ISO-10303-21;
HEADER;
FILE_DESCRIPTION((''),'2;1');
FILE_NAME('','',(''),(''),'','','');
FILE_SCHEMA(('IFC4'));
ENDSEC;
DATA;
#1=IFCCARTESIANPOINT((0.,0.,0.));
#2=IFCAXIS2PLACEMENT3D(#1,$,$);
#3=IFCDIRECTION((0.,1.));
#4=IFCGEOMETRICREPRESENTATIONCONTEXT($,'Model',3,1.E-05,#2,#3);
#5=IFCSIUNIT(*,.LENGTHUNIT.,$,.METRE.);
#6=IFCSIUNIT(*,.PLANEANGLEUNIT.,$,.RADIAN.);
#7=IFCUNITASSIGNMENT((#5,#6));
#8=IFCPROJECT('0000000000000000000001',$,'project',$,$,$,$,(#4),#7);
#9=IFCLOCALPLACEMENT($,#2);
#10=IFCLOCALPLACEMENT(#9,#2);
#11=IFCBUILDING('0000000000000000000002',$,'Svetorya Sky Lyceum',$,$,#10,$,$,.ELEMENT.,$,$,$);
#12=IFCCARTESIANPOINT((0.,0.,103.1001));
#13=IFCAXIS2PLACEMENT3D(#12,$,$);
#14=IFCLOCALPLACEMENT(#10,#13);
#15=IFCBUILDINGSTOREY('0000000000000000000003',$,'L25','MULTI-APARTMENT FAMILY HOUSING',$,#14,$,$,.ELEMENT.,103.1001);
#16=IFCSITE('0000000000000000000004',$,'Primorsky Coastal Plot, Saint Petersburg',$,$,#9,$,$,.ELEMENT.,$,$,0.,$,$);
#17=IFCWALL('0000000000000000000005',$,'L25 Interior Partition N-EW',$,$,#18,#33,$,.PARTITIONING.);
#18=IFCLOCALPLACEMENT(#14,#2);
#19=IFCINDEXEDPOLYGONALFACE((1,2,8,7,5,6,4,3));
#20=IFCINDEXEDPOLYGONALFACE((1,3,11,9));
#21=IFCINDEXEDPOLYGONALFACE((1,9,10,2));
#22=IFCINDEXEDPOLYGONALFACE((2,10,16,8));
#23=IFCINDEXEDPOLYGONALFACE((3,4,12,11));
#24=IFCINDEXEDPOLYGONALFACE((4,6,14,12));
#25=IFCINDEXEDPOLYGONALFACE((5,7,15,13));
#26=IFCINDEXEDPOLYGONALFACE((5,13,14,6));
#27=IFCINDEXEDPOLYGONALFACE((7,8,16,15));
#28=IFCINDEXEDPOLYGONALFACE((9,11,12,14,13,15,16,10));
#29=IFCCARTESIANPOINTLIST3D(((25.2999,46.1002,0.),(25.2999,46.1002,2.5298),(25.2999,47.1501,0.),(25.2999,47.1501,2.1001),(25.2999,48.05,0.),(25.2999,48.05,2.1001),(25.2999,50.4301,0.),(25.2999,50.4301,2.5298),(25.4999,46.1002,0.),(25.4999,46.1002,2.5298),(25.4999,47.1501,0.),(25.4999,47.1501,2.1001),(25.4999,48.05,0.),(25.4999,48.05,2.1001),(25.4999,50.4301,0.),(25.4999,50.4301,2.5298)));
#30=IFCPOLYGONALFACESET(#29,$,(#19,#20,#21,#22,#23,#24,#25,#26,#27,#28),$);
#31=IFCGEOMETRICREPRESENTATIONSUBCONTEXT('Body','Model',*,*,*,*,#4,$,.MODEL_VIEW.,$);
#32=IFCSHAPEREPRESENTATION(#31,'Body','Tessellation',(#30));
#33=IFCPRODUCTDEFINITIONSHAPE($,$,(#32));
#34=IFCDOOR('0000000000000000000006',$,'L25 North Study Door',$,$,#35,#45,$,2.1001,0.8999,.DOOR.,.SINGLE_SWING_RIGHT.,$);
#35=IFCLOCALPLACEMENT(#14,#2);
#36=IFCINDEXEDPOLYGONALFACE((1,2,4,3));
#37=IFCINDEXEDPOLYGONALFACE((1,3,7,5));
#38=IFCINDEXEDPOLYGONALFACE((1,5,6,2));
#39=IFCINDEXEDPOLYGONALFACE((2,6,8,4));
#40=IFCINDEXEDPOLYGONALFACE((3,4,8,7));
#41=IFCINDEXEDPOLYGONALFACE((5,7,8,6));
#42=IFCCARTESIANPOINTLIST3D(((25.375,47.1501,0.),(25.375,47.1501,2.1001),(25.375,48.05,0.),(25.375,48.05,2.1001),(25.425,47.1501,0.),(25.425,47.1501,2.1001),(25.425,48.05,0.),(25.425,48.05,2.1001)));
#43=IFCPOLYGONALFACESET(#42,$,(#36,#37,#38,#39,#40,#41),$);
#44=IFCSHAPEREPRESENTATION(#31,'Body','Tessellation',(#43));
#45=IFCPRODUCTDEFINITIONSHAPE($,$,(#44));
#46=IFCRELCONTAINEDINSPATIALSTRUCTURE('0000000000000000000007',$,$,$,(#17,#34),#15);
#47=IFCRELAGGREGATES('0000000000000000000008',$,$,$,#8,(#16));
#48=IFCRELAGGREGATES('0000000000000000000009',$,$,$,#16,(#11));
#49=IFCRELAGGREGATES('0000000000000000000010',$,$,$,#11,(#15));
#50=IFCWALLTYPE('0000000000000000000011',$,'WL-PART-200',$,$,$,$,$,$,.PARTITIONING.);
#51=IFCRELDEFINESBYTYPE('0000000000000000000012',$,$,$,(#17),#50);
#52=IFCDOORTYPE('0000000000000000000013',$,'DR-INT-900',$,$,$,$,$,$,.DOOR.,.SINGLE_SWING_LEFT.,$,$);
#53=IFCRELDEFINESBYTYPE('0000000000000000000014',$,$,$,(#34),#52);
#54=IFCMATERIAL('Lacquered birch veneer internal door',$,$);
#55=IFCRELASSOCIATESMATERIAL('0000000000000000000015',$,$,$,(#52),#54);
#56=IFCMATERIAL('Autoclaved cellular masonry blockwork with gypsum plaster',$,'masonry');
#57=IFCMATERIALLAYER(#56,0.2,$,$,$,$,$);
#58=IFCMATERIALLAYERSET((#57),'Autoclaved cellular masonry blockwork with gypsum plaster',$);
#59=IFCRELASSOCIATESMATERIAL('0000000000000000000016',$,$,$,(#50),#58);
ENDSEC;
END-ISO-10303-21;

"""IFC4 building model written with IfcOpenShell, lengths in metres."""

from ifc_helpers import new_model, si_unit, direction, frame, frame_2d, origin, place, context, subcontext, project, spatial, rectangle, extrude, material, layer, layer_set, type_object, element, fill, save


model = new_model("IFC4")

# Units and contexts
model_context = context("Model", 3, precision=1e-05, world=origin(), true_north=direction((0.0, 1.0)))
body_context = subcontext(model_context, "Body", "Model", "MODEL_VIEW")
ifc_project = project(units=[si_unit("LENGTHUNIT", "METRE"), si_unit("PLANEANGLEUNIT", "RADIAN")], contexts=[model_context])

# Site, building, storey
site_placement = place(None, origin())
site = spatial("IfcSite", under=ifc_project, at=site_placement, Name="Primorsky Coastal Plot, Saint Petersburg", CompositionType="ELEMENT", RefElevation=0.0)
building_placement = place(site_placement, origin())
building = spatial("IfcBuilding", under=site, at=building_placement, Name="Svetorya Sky Lyceum", CompositionType="ELEMENT")
storey_placement = place(building_placement, frame((0.0, 0.0, 103.1001)))
storey = spatial("IfcBuildingStorey", under=building, at=storey_placement, Name="L25", Description="MULTI-APARTMENT FAMILY HOUSING", CompositionType="ELEMENT", Elevation=103.1001)

# Shared definitions
ifc_material_1 = material(Name="Lacquered birch veneer internal door")
door_type_1 = type_object("IfcDoorType", Name="DR-INT-900", OperationType="SINGLE_SWING_LEFT", PredefinedType="DOOR", material=ifc_material_1)

# Shared definitions
ifc_material_2 = material(Name="Autoclaved cellular masonry blockwork with gypsum plaster", Category="masonry")
ifc_layer_1 = layer(ifc_material_2, 0.2)
ifc_layer_set_1 = layer_set([ifc_layer_1], Name="Autoclaved cellular masonry blockwork with gypsum plaster")
wall_type_1 = type_object("IfcWallType", Name="WL-PART-200", PredefinedType="PARTITIONING", material=ifc_layer_set_1)

# Wall, opening, door
wall_1_placement = place(storey_placement, frame((25.3999, 46.1001, 0.0), z_axis=(0.0, 0.0, 1.0), x_axis=(0.0, 1.0, 0.0)))
wall_1 = element("IfcWall", 1, at=wall_1_placement, inside=storey, type_object=wall_type_1, Name="L25 Interior Partition N-EW", PredefinedType="PARTITIONING", context=body_context, shape_type="SweptSolid", body=[
    extrude(rectangle(XDim=4.3298, YDim=0.2, at=frame_2d((2.165, 0.0))), origin(), (0.0, 0.0, 1.0), 2.5298),
])
opening_1_placement = place(wall_1_placement, frame((1.05, 0.0, 0.0)))
opening_1 = element("IfcOpeningElement", 2, at=opening_1_placement, cuts=wall_1, PredefinedType="OPENING", context=body_context, shape_type="SweptSolid", body=[
    extrude(rectangle(XDim=0.8999, YDim=2.1001, at=frame_2d((0.45, 1.05))), frame((0.0, 0.1099, 0.0), z_axis=(0.0, -1.0, 0.0), x_axis=(1.0, 0.0, 0.0)), (0.0, 0.0, 1.0), 0.22),
])
door_1_placement = place(opening_1_placement, origin())
door_1 = element("IfcDoor", 3, at=door_1_placement, inside=storey, type_object=door_type_1, Name="L25 North Study Door", OperationType="SINGLE_SWING_RIGHT", OverallHeight=2.1001, OverallWidth=0.8999, PredefinedType="DOOR", context=body_context, shape_type="SweptSolid", body=[
    extrude(rectangle(XDim=0.8999, YDim=2.1001, at=frame_2d((0.45, 1.05))), frame((0.0, 0.0249, 0.0), z_axis=(0.0, -1.0, 0.0), x_axis=(1.0, 0.0, 0.0)), (0.0, 0.0, 1.0), 0.05),
])
fill(opening_1, door_1)

save(model, "model.ifc")
